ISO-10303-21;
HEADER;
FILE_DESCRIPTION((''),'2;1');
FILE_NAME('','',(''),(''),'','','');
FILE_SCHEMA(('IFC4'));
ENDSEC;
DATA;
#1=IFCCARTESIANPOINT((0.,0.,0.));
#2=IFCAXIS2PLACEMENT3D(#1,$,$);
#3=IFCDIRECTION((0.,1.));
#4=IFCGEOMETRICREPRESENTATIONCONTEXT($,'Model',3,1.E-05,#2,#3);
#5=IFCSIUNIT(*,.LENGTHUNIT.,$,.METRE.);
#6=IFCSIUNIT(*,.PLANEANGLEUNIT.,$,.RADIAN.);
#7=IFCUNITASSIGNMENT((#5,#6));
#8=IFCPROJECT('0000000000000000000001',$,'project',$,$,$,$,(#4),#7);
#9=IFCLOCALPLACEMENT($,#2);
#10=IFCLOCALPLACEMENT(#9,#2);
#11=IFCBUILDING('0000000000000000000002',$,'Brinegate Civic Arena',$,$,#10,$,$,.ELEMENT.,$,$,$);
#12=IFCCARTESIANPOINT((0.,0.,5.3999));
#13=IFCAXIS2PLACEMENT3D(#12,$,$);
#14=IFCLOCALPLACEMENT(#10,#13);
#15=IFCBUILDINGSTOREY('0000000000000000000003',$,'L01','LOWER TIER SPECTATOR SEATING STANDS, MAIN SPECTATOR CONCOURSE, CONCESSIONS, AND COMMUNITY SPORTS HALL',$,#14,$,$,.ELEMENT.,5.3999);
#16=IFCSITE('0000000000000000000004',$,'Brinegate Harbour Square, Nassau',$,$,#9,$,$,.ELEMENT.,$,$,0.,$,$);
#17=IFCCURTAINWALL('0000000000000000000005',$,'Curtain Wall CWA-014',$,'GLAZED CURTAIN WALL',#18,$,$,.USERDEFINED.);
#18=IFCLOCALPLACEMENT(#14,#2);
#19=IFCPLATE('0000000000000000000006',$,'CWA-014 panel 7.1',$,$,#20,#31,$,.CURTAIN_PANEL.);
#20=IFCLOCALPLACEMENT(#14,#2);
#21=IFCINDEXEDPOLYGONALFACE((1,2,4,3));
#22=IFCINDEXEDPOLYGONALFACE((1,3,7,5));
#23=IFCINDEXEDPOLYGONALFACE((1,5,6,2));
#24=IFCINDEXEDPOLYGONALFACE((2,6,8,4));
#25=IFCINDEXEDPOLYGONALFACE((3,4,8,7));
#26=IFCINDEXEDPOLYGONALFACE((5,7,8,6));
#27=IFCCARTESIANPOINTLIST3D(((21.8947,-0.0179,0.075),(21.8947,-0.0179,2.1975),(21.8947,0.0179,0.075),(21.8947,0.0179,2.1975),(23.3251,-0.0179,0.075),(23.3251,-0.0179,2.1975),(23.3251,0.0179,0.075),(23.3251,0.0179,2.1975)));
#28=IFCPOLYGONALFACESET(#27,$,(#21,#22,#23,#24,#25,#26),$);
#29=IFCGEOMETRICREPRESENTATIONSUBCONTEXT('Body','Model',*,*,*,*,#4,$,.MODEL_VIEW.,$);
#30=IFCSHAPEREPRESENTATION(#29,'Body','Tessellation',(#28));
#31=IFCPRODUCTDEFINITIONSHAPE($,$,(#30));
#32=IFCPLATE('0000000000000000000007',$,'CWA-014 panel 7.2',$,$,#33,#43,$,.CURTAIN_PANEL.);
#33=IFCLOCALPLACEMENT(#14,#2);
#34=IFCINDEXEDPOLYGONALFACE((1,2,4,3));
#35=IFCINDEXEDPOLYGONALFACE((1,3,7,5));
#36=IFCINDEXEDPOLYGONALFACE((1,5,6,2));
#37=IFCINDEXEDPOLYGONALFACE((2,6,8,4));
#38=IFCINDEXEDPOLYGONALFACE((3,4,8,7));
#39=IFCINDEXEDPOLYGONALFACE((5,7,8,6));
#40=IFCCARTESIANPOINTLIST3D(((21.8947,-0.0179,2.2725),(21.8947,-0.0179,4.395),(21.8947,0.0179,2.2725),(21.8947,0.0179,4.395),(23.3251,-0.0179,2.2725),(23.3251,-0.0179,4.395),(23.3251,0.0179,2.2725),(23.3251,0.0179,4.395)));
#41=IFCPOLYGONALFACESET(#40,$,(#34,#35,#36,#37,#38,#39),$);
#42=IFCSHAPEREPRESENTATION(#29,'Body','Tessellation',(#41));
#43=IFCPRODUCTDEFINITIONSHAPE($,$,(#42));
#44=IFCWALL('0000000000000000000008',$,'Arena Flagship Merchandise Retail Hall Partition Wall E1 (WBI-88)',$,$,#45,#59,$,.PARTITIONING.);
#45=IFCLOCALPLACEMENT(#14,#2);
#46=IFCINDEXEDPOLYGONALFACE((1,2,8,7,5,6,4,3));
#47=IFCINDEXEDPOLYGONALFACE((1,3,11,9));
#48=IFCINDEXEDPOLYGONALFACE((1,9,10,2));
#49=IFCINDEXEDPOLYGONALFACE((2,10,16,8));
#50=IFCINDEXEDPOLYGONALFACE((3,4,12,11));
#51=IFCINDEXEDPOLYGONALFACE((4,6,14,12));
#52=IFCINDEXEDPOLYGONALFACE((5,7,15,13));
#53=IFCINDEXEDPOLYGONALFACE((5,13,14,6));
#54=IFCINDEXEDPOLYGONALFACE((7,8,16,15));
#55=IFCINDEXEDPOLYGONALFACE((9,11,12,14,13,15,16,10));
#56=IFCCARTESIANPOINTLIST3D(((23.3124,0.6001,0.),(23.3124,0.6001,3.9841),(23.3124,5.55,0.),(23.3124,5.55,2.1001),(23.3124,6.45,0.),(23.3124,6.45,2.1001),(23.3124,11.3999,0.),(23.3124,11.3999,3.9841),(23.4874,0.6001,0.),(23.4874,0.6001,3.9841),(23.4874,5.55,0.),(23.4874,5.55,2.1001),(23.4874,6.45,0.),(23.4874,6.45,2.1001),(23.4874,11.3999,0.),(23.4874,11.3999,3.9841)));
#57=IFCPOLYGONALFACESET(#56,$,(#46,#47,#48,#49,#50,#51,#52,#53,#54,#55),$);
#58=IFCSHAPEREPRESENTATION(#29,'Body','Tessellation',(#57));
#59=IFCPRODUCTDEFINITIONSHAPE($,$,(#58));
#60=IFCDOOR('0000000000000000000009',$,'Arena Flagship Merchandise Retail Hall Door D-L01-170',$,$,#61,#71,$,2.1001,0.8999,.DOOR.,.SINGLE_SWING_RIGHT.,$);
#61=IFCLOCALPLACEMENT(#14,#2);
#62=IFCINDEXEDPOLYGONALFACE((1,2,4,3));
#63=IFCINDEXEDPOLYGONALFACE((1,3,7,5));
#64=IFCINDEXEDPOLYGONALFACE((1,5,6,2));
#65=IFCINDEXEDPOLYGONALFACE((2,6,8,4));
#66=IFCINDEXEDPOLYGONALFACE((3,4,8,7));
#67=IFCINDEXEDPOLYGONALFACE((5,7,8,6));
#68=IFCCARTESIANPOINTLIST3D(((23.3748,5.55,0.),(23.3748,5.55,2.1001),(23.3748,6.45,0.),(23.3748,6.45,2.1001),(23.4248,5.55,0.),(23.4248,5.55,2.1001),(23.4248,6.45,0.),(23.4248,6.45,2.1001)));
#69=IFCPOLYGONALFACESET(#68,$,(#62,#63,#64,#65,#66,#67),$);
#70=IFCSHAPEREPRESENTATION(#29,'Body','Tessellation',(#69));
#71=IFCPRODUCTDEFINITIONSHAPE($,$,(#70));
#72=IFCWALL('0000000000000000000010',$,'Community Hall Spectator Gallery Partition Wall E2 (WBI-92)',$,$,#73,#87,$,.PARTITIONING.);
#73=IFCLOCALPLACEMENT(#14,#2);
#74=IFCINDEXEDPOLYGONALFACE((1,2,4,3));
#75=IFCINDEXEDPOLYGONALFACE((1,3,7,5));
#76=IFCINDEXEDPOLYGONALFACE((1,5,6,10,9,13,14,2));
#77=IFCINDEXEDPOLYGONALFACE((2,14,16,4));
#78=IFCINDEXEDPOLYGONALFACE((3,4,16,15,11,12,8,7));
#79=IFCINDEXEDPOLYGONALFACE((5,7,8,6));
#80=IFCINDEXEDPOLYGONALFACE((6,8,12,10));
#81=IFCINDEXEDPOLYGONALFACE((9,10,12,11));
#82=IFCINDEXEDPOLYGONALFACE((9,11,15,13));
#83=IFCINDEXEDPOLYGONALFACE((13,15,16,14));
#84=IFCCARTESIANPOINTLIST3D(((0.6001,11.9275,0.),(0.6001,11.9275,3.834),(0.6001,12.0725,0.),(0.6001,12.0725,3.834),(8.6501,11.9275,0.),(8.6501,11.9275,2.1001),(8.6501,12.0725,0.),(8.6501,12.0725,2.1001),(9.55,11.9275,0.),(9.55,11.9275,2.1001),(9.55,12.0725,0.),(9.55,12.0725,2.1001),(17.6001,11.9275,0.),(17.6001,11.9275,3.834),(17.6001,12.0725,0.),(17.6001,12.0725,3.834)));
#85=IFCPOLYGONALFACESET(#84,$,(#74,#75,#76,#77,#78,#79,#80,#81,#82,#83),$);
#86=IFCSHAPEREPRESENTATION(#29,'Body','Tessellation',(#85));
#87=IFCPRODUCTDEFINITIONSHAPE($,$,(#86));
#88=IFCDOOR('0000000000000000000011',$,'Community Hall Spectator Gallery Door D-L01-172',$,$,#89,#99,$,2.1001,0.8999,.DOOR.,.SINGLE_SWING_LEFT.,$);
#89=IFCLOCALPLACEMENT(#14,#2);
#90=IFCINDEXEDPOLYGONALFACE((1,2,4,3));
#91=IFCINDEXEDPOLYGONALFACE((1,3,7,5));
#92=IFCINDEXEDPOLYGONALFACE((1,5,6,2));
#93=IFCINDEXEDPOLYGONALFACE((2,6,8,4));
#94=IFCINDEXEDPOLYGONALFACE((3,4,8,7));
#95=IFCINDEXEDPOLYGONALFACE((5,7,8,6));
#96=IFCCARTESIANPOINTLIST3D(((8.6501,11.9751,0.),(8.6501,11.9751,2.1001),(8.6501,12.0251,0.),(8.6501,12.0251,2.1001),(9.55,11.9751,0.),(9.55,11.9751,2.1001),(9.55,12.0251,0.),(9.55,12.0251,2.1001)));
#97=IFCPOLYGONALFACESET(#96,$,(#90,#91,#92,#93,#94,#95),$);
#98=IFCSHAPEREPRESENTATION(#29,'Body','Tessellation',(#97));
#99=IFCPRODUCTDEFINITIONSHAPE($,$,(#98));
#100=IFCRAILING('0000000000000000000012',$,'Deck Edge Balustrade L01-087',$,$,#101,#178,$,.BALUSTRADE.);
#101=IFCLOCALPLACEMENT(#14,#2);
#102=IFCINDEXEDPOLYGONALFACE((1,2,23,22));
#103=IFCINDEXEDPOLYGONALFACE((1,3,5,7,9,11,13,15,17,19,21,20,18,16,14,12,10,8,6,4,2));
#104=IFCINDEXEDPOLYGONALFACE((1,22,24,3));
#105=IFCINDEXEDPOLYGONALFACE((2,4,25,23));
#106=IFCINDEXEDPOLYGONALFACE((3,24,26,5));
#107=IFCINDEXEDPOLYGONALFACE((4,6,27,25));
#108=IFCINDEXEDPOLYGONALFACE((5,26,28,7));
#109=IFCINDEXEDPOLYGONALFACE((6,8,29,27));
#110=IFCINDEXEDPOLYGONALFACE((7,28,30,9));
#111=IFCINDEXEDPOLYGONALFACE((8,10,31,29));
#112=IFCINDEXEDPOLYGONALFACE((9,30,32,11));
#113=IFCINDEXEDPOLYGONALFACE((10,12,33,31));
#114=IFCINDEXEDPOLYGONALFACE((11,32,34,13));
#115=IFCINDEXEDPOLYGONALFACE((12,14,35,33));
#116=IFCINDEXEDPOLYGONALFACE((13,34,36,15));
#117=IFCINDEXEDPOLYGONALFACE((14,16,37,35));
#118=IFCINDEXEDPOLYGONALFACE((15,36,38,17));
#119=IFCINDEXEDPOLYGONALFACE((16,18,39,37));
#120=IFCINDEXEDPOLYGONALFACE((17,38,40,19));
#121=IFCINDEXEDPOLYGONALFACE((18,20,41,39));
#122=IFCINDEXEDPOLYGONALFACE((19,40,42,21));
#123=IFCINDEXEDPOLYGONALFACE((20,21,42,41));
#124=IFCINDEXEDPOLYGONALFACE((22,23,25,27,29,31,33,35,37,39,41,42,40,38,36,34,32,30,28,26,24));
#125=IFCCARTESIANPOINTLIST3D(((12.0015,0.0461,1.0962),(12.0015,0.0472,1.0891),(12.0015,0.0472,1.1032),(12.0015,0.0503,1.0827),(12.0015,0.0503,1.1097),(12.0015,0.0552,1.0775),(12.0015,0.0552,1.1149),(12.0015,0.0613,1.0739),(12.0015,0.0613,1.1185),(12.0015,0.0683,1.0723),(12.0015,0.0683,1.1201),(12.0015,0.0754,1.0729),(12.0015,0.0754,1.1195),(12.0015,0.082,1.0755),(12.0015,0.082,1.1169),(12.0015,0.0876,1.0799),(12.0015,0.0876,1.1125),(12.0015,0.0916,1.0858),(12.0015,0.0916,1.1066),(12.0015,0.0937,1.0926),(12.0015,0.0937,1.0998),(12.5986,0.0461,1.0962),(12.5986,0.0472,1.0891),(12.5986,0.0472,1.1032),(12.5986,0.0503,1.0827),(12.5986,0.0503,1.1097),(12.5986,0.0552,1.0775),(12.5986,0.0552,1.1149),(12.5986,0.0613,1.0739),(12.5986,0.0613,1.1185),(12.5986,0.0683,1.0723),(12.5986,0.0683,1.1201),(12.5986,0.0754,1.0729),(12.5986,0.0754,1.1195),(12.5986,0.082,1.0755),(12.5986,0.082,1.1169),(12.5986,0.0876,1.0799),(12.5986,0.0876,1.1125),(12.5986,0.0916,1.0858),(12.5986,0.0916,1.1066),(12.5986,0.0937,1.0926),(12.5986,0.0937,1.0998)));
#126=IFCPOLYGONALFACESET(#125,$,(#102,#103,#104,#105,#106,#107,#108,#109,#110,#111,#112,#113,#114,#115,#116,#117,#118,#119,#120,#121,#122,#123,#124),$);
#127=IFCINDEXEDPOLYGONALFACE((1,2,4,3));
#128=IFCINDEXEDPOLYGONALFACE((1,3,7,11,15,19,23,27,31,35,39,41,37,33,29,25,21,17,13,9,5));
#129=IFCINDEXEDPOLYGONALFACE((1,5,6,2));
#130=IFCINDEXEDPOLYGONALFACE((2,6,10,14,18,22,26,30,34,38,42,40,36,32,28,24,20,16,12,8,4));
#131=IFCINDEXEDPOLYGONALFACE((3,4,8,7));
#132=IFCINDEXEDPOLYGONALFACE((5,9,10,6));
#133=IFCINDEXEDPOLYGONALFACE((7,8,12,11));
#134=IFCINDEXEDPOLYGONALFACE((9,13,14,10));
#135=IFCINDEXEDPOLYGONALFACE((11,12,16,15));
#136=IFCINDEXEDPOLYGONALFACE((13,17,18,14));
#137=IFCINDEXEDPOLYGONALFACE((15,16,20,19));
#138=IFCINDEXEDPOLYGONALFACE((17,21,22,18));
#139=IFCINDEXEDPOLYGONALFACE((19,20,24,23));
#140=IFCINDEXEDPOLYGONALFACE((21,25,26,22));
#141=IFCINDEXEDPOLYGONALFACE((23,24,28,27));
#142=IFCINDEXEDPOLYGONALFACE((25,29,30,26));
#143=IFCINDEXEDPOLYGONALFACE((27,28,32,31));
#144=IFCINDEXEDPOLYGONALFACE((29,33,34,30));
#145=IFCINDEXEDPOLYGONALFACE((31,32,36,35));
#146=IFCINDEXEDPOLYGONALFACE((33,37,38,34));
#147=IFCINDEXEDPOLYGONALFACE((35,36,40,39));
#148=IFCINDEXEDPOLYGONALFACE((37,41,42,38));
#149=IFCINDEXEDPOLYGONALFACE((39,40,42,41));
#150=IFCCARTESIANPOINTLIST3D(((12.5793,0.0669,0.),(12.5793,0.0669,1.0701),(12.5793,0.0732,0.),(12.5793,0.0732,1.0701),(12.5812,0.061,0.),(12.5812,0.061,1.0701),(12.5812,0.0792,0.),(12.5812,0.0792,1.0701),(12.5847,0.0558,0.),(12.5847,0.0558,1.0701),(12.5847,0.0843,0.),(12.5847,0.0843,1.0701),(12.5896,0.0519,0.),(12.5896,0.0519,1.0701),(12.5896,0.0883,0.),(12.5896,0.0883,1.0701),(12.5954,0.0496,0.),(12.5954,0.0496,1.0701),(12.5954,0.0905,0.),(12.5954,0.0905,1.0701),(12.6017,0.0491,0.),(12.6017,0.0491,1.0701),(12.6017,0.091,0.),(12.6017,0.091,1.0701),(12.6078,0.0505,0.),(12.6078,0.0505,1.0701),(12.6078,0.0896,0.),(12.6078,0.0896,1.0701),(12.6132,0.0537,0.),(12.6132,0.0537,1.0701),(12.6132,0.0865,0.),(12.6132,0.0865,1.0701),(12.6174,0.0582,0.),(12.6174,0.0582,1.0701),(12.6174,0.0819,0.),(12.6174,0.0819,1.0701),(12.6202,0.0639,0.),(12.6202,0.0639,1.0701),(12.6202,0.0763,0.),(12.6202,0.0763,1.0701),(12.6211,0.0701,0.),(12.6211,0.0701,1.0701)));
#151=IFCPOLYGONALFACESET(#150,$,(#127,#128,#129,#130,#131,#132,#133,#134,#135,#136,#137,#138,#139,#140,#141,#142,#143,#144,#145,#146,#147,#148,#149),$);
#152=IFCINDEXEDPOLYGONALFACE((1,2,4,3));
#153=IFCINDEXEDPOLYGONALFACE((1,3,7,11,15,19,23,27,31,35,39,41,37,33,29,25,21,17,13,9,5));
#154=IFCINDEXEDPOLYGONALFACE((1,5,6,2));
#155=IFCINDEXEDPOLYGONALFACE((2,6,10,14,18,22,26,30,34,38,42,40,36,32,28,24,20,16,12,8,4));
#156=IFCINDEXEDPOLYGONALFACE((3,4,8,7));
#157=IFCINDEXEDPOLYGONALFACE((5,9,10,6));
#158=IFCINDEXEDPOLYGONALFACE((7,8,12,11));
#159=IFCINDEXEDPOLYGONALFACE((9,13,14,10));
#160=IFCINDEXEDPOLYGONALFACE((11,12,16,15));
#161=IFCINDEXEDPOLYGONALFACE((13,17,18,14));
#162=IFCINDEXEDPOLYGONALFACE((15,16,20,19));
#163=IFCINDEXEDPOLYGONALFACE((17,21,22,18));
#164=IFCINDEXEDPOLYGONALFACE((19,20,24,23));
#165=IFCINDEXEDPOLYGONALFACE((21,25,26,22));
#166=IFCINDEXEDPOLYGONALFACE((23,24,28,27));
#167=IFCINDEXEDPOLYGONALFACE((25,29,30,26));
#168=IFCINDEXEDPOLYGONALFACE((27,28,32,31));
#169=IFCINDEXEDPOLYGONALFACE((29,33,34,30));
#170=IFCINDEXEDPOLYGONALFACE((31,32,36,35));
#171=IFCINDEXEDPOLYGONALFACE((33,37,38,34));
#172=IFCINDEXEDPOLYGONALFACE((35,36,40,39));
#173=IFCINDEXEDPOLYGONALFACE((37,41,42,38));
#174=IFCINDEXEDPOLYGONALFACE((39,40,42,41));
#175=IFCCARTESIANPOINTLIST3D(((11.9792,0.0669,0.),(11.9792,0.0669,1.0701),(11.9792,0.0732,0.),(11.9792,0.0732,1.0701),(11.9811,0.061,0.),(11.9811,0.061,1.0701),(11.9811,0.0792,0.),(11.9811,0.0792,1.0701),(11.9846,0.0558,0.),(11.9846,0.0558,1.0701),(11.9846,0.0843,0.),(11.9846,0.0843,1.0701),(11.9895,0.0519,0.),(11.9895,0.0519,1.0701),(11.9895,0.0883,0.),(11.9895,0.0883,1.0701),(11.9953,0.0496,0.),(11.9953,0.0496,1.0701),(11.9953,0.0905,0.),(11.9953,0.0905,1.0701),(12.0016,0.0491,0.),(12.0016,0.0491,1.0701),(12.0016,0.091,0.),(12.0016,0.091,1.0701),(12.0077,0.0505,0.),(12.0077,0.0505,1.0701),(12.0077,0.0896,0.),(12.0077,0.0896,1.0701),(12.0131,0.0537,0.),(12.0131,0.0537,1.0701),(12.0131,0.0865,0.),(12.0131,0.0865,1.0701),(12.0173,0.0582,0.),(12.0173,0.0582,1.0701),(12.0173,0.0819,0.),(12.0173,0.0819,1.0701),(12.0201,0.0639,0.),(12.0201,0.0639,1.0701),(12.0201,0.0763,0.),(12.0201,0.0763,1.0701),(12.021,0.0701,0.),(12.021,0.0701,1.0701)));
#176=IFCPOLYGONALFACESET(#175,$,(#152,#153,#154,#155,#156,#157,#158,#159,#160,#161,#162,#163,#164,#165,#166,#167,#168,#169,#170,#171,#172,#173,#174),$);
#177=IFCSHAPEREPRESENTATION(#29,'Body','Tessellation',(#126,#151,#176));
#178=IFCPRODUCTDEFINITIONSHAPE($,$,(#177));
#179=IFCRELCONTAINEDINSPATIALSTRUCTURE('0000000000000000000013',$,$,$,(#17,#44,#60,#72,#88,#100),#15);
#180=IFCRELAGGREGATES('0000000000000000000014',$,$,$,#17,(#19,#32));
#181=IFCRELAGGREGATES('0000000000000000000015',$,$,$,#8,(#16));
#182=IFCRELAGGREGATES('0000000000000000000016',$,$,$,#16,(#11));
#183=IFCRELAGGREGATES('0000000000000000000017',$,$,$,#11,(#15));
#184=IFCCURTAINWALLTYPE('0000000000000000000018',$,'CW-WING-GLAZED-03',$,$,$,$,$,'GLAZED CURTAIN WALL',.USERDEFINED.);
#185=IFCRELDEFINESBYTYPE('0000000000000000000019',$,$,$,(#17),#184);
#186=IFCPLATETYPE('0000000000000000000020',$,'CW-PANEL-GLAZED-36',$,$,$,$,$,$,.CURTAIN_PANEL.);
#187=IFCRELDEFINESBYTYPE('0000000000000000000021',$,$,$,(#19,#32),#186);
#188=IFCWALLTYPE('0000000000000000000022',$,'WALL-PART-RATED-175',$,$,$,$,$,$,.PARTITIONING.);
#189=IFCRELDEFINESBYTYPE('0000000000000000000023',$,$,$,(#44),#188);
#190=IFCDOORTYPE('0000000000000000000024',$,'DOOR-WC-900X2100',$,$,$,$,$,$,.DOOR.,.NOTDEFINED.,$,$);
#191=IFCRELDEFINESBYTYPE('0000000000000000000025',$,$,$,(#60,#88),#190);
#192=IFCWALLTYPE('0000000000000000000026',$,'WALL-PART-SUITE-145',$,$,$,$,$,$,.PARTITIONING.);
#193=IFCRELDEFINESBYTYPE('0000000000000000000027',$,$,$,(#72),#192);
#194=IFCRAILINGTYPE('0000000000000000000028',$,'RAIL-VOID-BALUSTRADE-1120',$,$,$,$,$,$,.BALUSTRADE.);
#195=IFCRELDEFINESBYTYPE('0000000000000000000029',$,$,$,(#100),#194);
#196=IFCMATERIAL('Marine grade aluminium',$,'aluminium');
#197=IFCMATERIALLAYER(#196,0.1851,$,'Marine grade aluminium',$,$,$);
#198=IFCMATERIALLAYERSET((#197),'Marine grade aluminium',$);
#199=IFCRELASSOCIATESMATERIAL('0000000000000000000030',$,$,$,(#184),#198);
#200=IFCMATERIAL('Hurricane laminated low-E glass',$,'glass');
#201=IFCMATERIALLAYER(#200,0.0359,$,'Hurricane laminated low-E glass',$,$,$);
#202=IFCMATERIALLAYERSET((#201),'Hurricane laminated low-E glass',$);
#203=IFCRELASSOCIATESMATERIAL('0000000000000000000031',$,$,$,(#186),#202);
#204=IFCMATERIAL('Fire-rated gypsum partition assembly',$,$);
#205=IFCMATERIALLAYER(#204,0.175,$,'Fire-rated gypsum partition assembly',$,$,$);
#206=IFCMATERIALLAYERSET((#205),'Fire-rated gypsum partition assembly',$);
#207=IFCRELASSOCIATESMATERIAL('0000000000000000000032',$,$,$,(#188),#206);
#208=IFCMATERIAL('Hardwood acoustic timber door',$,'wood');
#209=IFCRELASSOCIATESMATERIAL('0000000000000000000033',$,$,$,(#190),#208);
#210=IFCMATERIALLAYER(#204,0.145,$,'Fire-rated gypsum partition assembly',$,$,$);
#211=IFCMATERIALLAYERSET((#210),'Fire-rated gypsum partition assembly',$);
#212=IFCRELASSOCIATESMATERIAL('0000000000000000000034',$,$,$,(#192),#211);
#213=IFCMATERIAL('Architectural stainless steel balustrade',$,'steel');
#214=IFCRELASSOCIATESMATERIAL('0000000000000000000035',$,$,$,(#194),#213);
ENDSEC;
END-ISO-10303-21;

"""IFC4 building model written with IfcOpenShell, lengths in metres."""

from ifc_helpers import new_model, si_unit, direction, frame, frame_2d, origin, origin_2d, place, context, subcontext, project, spatial, rectangle, circle, extrude, material, layer, layer_set, type_object, element, fill, aggregate, save


model = new_model("IFC4")

# Units and contexts
model_context = context("Model", 3, precision=1e-05, world=origin(), true_north=direction((0.0, 1.0)))
body_context = subcontext(model_context, "Body", "Model", "MODEL_VIEW")
ifc_project = project(units=[si_unit("LENGTHUNIT", "METRE"), si_unit("PLANEANGLEUNIT", "RADIAN")], contexts=[model_context])

# Site, building, storey
site_placement = place(None, origin())
site = spatial("IfcSite", under=ifc_project, at=site_placement, Name="Brinegate Harbour Square, Nassau", CompositionType="ELEMENT", RefElevation=0.0)
building_placement = place(site_placement, origin())
building = spatial("IfcBuilding", under=site, at=building_placement, Name="Brinegate Civic Arena", CompositionType="ELEMENT")
storey_placement = place(building_placement, frame((0.0, 0.0, 5.3999)))
storey = spatial("IfcBuildingStorey", under=building, at=storey_placement, Name="L01", Description="LOWER TIER SPECTATOR SEATING STANDS, MAIN SPECTATOR CONCOURSE, CONCESSIONS, AND COMMUNITY SPORTS HALL", CompositionType="ELEMENT", Elevation=5.3999)

# Curtain wall
ifc_material_1 = material(Name="Marine grade aluminium", Category="aluminium")
ifc_layer_1 = layer(ifc_material_1, 0.1851, Name="Marine grade aluminium")
ifc_layer_set_1 = layer_set([ifc_layer_1], Name="Marine grade aluminium")
curtain_wall_type = type_object("IfcCurtainWallType", Name="CW-WING-GLAZED-03", ElementType="GLAZED CURTAIN WALL", PredefinedType="USERDEFINED", material=ifc_layer_set_1)
curtain_wall_placement = place(storey_placement, origin())
curtain_wall = element("IfcCurtainWall", 1, at=curtain_wall_placement, inside=storey, type_object=curtain_wall_type, Name="Curtain Wall CWA-014", ObjectType="GLAZED CURTAIN WALL", PredefinedType="USERDEFINED")

# Plates
ifc_material_2 = material(Name="Hurricane laminated low-E glass", Category="glass")
ifc_layer_2 = layer(ifc_material_2, 0.0359, Name="Hurricane laminated low-E glass")
ifc_layer_set_2 = layer_set([ifc_layer_2], Name="Hurricane laminated low-E glass")
plate_type = type_object("IfcPlateType", Name="CW-PANEL-GLAZED-36", PredefinedType="CURTAIN_PANEL", material=ifc_layer_set_2)
plate_1_placement = place(storey_placement, frame((22.6099, 0.0, 0.075), z_axis=(0.0, 0.0, 1.0), x_axis=(1.0, 0.0, 0.0)))
plate_1 = element("IfcPlate", 2, at=plate_1_placement, type_object=plate_type, Name="CWA-014 panel 7.1", PredefinedType="CURTAIN_PANEL", context=body_context, shape_type="SweptSolid", body=[
    extrude(rectangle(XDim=1.4304, YDim=0.0359, at=origin_2d()), origin(), (0.0, 0.0, 1.0), 2.1226),
])
plate_2_placement = place(storey_placement, frame((22.6099, 0.0, 2.2725), z_axis=(0.0, 0.0, 1.0), x_axis=(1.0, 0.0, 0.0)))
plate_2 = element("IfcPlate", 3, at=plate_2_placement, type_object=plate_type, Name="CWA-014 panel 7.2", PredefinedType="CURTAIN_PANEL", context=body_context, shape_type="SweptSolid", body=[
    extrude(rectangle(XDim=1.4304, YDim=0.0359, at=origin_2d()), origin(), (0.0, 0.0, 1.0), 2.1226),
])
aggregate(curtain_wall, [plate_1, plate_2])

# Walls, openings, doors
ifc_material_3 = material(Name="Fire-rated gypsum partition assembly")
ifc_layer_3 = layer(ifc_material_3, 0.175, Name="Fire-rated gypsum partition assembly")
ifc_layer_set_3 = layer_set([ifc_layer_3], Name="Fire-rated gypsum partition assembly")
wall_type_1 = type_object("IfcWallType", Name="WALL-PART-RATED-175", PredefinedType="PARTITIONING", material=ifc_layer_set_3)
wall_1_placement = place(storey_placement, frame((23.3999, 11.3999, 0.0), z_axis=(0.0, 0.0, 1.0), x_axis=(0.0, -1.0, 0.0)))
wall_1 = element("IfcWall", 4, at=wall_1_placement, inside=storey, type_object=wall_type_1, Name="Arena Flagship Merchandise Retail Hall Partition Wall E1 (WBI-88)", PredefinedType="PARTITIONING", context=body_context, shape_type="SweptSolid", body=[
    extrude(rectangle(XDim=10.7998, YDim=0.175, at=frame_2d((5.3999, 0.0))), origin(), (0.0, 0.0, 1.0), 3.9841),
])
opening_1_placement = place(wall_1_placement, frame((4.95, 0.0, 0.0)))
opening_1 = element("IfcOpeningElement", 5, at=opening_1_placement, cuts=wall_1, PredefinedType="OPENING", context=body_context, shape_type="SweptSolid", body=[
    extrude(rectangle(XDim=0.8999, YDim=2.1001, at=frame_2d((0.45, 1.05))), frame((0.0, 0.0974, 0.0), z_axis=(0.0, -1.0, 0.0), x_axis=(1.0, 0.0, 0.0)), (0.0, 0.0, 1.0), 0.1951),
])
ifc_material_4 = material(Name="Hardwood acoustic timber door", Category="wood")
door_type = type_object("IfcDoorType", Name="DOOR-WC-900X2100", OperationType="NOTDEFINED", PredefinedType="DOOR", material=ifc_material_4)
door_1_placement = place(opening_1_placement, origin())
door_1 = element("IfcDoor", 6, at=door_1_placement, inside=storey, type_object=door_type, Name="Arena Flagship Merchandise Retail Hall Door D-L01-170", OperationType="SINGLE_SWING_RIGHT", OverallHeight=2.1001, OverallWidth=0.8999, PredefinedType="DOOR", context=body_context, shape_type="SweptSolid", body=[
    extrude(rectangle(XDim=0.8999, YDim=2.1001, at=frame_2d((0.45, 1.05))), frame((0.0, 0.0249, 0.0), z_axis=(0.0, -1.0, 0.0), x_axis=(1.0, 0.0, 0.0)), (0.0, 0.0, 1.0), 0.05),
])
fill(opening_1, door_1)
ifc_layer_4 = layer(ifc_material_3, 0.145, Name="Fire-rated gypsum partition assembly")
ifc_layer_set_4 = layer_set([ifc_layer_4], Name="Fire-rated gypsum partition assembly")
wall_type_2 = type_object("IfcWallType", Name="WALL-PART-SUITE-145", PredefinedType="PARTITIONING", material=ifc_layer_set_4)
wall_2_placement = place(storey_placement, frame((17.6001, 12.0, 0.0), z_axis=(0.0, 0.0, 1.0), x_axis=(-1.0, 0.0, 0.0)))
wall_2 = element("IfcWall", 7, at=wall_2_placement, inside=storey, type_object=wall_type_2, Name="Community Hall Spectator Gallery Partition Wall E2 (WBI-92)", PredefinedType="PARTITIONING", context=body_context, shape_type="SweptSolid", body=[
    extrude(rectangle(XDim=17.0, YDim=0.145, at=frame_2d((8.5, 0.0))), origin(), (0.0, 0.0, 1.0), 3.834),
])
opening_2_placement = place(wall_2_placement, frame((8.05, 0.0, 0.0)))
opening_2 = element("IfcOpeningElement", 8, at=opening_2_placement, cuts=wall_2, PredefinedType="OPENING", context=body_context, shape_type="SweptSolid", body=[
    extrude(rectangle(XDim=0.8999, YDim=2.1001, at=frame_2d((0.45, 1.05))), frame((0.0, 0.0825, 0.0), z_axis=(0.0, -1.0, 0.0), x_axis=(1.0, 0.0, 0.0)), (0.0, 0.0, 1.0), 0.165),
])
door_2_placement = place(opening_2_placement, origin())
door_2 = element("IfcDoor", 9, at=door_2_placement, inside=storey, type_object=door_type, Name="Community Hall Spectator Gallery Door D-L01-172", OperationType="SINGLE_SWING_LEFT", OverallHeight=2.1001, OverallWidth=0.8999, PredefinedType="DOOR", context=body_context, shape_type="SweptSolid", body=[
    extrude(rectangle(XDim=0.8999, YDim=2.1001, at=frame_2d((0.45, 1.05))), frame((0.0, 0.0249, 0.0), z_axis=(0.0, -1.0, 0.0), x_axis=(1.0, 0.0, 0.0)), (0.0, 0.0, 1.0), 0.05),
])
fill(opening_2, door_2)

# Railing
ifc_material_5 = material(Name="Architectural stainless steel balustrade", Category="steel")
railing_type = type_object("IfcRailingType", Name="RAIL-VOID-BALUSTRADE-1120", PredefinedType="BALUSTRADE", material=ifc_material_5)
railing_placement = place(storey_placement, frame((12.6001, 0.0701, 0.0)))
element("IfcRailing", 10, at=railing_placement, inside=storey, type_object=railing_type, Name="Deck Edge Balustrade L01-087", PredefinedType="BALUSTRADE", context=body_context, shape_type="SweptSolid", body=[
    extrude(circle(Radius=0.0239, at=origin_2d()), frame((-0.0015, 0.0, 1.0962), z_axis=(-1.0, 0.0, 0.0), x_axis=(0.0, -1.0, 0.0)), (0.0, 0.0, 1.0), 0.5972),
    extrude(circle(Radius=0.021, at=origin_2d()), origin(), (0.0, 0.0, 1.0), 1.0701),
    extrude(circle(Radius=0.021, at=origin_2d()), frame((-0.6001, 0.0, 0.0)), (0.0, 0.0, 1.0), 1.0701),
])

save(model, "model.ifc")
